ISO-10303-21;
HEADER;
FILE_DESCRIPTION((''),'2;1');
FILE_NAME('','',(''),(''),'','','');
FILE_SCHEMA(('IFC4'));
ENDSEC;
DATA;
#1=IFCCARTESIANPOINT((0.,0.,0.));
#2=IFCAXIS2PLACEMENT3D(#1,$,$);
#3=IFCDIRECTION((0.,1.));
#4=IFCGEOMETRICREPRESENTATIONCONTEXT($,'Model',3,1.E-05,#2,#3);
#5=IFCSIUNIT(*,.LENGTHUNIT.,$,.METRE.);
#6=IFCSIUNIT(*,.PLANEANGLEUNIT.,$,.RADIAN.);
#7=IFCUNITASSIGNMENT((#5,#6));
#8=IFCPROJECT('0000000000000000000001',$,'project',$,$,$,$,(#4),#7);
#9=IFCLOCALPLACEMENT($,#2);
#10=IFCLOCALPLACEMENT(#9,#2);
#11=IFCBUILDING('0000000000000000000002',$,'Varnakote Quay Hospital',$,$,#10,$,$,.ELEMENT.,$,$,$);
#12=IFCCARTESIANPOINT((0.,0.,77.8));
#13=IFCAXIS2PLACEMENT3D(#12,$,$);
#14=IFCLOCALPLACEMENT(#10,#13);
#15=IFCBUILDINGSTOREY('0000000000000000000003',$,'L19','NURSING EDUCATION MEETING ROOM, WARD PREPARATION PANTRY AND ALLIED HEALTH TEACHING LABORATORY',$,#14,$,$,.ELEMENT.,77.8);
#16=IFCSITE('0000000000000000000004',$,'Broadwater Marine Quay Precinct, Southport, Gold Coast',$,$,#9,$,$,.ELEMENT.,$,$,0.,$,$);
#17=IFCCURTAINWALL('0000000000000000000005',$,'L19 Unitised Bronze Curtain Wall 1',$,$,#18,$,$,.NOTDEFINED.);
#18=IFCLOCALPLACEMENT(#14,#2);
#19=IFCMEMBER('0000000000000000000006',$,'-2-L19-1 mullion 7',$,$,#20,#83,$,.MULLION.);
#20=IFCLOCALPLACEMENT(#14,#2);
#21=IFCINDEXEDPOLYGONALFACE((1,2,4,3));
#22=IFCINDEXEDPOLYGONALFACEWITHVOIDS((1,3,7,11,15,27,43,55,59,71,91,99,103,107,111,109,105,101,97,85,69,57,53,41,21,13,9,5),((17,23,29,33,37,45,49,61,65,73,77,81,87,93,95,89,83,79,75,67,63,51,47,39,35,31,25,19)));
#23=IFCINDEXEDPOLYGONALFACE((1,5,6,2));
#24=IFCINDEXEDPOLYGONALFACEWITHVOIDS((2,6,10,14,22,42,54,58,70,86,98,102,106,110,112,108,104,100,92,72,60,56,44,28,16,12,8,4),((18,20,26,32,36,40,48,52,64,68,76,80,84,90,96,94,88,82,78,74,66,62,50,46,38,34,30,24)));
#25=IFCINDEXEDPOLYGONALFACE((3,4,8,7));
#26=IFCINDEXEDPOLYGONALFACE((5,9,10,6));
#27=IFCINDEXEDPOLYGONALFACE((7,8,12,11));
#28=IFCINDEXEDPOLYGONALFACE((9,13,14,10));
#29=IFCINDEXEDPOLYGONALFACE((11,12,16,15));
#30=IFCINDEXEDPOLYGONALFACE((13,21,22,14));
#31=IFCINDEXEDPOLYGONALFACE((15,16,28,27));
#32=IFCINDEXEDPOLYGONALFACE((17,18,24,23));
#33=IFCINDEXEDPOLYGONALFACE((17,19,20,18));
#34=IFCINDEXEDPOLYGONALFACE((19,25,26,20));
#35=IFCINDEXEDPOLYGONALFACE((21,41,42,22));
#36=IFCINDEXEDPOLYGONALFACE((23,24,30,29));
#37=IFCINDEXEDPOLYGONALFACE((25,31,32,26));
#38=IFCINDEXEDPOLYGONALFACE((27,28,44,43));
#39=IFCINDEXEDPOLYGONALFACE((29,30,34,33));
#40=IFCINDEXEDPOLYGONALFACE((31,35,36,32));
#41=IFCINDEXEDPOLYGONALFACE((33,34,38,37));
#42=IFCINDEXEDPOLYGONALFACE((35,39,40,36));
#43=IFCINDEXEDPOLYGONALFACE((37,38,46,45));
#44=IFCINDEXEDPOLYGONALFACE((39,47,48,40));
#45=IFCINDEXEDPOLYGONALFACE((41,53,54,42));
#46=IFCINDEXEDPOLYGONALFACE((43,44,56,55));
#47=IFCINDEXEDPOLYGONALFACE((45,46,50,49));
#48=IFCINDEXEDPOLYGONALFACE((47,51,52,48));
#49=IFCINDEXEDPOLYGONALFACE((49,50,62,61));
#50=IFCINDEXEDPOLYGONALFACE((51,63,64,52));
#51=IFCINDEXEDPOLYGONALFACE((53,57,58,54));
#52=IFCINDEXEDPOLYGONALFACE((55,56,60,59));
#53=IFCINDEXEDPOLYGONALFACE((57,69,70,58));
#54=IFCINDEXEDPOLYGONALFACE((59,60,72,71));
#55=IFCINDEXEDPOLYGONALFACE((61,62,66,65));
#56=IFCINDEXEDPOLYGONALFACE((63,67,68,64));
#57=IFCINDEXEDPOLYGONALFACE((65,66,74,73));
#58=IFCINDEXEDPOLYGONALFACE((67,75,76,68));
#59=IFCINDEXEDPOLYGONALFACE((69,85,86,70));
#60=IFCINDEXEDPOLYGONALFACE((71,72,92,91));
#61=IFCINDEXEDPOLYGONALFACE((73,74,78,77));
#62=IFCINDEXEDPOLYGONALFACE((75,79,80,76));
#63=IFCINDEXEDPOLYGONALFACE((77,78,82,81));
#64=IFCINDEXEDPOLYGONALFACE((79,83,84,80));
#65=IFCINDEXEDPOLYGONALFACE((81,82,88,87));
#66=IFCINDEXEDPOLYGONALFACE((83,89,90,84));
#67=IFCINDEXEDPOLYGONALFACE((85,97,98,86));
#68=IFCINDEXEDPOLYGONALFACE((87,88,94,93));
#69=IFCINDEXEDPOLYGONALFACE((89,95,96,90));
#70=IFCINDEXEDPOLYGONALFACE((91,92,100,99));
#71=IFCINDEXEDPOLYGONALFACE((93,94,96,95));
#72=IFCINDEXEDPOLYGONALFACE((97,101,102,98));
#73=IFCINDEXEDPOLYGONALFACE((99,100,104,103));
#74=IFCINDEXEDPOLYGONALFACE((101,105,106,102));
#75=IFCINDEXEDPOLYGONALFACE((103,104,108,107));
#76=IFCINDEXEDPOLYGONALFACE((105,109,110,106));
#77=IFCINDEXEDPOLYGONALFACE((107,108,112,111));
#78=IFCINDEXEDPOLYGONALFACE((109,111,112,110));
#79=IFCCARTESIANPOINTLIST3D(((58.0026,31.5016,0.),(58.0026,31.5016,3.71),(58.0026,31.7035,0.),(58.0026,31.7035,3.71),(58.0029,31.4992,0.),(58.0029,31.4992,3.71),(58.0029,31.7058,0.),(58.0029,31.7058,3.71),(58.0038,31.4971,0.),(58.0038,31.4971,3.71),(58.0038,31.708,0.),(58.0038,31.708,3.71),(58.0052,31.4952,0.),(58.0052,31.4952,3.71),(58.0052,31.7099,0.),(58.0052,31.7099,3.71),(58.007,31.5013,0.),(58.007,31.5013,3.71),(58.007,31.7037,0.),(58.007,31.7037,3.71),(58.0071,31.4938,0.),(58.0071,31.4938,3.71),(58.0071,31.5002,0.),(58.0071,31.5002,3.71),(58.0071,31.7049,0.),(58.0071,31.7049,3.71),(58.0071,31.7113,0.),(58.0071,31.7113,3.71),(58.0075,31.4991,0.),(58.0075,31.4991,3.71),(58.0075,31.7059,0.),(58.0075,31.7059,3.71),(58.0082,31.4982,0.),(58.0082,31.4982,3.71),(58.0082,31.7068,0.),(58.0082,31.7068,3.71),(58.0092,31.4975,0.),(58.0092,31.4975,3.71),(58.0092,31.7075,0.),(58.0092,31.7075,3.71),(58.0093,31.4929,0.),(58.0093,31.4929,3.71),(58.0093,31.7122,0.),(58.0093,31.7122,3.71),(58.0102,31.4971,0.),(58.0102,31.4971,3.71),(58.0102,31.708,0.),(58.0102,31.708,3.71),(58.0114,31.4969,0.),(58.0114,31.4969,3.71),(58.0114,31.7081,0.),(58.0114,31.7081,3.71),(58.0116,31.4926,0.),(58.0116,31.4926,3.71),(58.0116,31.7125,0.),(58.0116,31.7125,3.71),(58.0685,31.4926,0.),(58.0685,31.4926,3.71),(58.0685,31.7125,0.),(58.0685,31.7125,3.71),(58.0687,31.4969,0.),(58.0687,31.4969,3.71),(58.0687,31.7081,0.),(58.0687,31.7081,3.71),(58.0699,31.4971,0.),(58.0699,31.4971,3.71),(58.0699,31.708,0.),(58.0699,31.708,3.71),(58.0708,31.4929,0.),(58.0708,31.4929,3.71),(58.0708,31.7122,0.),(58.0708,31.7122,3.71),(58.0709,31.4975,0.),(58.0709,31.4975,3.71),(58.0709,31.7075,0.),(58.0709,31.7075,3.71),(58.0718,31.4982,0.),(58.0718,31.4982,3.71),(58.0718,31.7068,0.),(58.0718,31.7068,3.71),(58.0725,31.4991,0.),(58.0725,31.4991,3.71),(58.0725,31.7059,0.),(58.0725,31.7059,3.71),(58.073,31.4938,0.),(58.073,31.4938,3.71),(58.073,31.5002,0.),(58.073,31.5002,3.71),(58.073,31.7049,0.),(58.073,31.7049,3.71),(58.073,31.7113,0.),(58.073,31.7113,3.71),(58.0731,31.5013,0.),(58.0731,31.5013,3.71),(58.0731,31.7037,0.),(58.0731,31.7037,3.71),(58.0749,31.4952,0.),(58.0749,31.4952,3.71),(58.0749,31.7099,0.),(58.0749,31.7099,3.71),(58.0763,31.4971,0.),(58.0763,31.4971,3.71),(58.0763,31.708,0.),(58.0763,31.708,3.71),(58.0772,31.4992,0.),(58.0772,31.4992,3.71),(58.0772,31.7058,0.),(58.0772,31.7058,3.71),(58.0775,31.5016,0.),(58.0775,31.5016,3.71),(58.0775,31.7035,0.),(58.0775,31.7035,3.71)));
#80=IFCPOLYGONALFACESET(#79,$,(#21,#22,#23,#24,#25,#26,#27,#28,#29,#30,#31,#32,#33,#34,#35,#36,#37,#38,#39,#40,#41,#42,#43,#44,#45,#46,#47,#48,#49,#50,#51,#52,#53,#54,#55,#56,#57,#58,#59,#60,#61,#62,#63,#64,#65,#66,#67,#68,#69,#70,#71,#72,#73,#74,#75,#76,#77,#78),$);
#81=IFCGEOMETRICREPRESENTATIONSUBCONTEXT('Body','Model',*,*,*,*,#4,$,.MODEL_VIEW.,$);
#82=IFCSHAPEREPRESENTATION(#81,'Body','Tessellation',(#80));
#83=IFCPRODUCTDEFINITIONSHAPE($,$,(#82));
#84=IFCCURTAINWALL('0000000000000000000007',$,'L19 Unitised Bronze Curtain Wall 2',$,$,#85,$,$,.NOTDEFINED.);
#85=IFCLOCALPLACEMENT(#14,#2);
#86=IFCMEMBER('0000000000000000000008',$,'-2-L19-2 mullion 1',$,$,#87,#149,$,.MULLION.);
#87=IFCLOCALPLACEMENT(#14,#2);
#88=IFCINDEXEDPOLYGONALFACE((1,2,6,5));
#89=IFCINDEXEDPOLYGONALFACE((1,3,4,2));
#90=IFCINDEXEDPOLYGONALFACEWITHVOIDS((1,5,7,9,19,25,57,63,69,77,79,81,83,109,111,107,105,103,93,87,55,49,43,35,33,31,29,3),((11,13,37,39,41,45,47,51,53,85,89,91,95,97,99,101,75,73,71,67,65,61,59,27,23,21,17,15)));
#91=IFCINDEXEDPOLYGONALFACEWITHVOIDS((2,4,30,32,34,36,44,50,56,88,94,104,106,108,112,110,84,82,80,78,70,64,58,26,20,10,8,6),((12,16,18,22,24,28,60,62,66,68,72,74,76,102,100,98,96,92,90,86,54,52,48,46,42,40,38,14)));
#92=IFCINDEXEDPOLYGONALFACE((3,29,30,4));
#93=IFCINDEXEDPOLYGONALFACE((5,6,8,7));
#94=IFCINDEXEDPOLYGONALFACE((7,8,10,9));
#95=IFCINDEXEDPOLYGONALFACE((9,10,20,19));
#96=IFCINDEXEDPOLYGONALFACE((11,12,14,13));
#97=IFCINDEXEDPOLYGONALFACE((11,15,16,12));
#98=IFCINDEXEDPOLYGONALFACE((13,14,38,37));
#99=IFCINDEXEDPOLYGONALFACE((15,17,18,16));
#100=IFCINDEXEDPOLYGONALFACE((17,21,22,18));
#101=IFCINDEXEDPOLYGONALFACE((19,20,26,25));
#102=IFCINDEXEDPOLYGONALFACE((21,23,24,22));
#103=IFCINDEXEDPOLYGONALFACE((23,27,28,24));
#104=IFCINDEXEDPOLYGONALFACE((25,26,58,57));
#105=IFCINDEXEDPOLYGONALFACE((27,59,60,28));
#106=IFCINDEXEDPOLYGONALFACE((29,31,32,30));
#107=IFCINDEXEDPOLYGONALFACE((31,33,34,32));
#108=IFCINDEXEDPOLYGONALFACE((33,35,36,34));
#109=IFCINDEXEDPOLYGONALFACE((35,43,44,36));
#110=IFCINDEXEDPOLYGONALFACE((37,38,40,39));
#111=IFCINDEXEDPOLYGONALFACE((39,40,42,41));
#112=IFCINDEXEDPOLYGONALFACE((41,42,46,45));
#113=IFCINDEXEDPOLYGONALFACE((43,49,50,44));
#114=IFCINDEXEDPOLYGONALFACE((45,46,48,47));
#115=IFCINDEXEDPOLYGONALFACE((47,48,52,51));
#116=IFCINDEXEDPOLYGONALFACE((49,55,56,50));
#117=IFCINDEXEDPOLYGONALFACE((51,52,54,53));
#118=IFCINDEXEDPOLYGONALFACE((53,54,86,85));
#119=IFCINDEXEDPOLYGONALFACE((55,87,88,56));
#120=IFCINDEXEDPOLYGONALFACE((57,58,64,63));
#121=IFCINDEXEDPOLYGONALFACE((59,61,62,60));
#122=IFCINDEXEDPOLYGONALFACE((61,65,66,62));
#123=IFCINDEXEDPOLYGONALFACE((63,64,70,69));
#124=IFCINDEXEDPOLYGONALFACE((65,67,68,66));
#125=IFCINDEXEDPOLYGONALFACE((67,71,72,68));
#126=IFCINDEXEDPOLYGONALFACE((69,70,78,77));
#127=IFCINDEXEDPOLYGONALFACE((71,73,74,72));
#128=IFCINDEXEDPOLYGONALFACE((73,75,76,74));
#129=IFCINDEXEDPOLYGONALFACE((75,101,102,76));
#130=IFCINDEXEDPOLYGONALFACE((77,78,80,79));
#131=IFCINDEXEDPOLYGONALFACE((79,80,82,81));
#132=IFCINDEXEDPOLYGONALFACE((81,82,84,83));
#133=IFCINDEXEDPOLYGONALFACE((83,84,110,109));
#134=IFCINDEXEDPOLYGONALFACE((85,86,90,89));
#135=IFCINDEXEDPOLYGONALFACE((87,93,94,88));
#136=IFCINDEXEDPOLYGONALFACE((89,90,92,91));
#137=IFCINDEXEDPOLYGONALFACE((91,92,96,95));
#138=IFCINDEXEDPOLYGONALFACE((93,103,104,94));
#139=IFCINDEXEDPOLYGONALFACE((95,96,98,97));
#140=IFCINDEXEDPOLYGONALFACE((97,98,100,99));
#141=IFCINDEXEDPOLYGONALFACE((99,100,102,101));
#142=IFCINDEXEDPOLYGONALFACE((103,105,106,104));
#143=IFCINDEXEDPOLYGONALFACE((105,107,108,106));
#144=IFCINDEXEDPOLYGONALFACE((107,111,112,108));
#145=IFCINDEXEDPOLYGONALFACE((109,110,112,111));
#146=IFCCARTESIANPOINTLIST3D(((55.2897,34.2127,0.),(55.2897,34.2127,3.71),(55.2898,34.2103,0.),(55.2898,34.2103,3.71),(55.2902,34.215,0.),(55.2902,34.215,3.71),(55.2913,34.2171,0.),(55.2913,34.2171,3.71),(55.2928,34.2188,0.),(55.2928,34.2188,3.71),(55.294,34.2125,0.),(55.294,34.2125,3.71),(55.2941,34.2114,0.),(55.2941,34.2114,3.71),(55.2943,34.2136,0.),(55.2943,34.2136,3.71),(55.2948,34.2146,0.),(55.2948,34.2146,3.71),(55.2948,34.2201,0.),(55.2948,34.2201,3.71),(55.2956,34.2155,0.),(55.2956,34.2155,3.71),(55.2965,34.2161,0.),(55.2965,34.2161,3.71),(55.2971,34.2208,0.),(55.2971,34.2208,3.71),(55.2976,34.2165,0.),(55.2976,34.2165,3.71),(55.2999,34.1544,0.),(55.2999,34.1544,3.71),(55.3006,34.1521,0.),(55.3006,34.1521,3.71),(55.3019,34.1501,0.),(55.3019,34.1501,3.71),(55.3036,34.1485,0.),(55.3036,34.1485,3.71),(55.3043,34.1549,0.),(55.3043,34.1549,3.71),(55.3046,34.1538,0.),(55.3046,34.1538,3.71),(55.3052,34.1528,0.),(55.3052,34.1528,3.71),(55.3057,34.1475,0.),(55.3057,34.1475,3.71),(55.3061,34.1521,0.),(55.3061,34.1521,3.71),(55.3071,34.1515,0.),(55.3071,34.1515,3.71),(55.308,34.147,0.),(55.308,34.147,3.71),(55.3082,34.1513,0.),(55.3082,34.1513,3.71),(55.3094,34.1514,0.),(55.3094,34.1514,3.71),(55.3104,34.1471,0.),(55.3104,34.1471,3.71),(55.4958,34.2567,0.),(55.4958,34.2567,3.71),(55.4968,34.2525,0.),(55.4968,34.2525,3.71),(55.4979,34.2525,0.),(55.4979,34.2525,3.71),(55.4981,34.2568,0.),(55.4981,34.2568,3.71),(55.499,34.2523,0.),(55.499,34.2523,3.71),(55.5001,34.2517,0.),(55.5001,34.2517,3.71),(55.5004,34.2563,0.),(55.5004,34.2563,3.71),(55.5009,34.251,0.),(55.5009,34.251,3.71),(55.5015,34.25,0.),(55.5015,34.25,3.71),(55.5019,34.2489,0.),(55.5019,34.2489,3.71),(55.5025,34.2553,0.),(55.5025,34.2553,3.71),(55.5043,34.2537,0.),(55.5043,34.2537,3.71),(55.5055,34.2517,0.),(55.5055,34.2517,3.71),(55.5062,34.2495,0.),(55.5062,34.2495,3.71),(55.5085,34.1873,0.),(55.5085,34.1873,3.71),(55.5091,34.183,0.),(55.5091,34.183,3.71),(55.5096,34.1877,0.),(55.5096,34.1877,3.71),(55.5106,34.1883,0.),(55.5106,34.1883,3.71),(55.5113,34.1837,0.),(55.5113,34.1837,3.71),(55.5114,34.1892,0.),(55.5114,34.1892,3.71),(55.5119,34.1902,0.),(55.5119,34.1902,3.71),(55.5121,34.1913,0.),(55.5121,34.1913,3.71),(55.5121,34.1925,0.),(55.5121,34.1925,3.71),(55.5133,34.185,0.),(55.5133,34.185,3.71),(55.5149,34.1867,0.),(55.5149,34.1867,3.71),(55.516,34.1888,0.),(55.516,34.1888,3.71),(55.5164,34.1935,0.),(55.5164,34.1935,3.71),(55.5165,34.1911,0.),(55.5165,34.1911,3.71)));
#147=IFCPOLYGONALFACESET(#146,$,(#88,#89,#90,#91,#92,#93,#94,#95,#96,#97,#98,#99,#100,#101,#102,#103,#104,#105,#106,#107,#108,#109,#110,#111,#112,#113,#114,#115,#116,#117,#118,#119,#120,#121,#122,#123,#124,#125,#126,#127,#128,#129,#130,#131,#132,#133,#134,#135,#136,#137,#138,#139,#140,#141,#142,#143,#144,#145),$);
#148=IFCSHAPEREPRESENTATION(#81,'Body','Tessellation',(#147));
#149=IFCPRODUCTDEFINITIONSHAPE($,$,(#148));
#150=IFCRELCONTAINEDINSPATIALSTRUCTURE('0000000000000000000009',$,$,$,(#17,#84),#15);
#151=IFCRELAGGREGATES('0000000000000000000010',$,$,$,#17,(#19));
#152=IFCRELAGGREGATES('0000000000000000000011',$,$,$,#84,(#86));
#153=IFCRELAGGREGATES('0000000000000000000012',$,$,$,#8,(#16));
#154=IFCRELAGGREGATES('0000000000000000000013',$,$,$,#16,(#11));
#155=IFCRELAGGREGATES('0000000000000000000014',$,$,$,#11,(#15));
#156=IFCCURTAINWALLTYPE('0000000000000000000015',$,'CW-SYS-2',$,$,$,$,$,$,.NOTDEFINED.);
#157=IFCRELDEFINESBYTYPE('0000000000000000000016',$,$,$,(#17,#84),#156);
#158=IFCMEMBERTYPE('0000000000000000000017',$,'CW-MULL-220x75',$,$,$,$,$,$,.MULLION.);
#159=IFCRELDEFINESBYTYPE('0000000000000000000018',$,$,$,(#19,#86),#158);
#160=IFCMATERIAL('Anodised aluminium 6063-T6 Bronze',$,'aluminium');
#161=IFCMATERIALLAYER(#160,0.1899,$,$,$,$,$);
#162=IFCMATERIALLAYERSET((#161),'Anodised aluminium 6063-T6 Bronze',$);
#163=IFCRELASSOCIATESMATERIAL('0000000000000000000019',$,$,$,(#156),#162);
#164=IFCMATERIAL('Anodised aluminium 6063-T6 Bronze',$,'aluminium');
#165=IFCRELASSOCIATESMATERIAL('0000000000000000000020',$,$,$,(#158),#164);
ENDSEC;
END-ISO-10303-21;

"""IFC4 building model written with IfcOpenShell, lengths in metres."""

from ifc_helpers import new_model, si_unit, direction, frame, origin, origin_2d, place, context, subcontext, project, spatial, hollow_rectangle, extrude, material, layer, layer_set, material_profile, profile_set, type_object, element, aggregate, save


model = new_model("IFC4")

# Units and contexts
model_context = context("Model", 3, precision=1e-05, world=origin(), true_north=direction((0.0, 1.0)))
body_context = subcontext(model_context, "Body", "Model", "MODEL_VIEW")
ifc_project = project(units=[si_unit("LENGTHUNIT", "METRE"), si_unit("PLANEANGLEUNIT", "RADIAN")], contexts=[model_context])

# Site, building, storey
site_placement = place(None, origin())
site = spatial("IfcSite", under=ifc_project, at=site_placement, Name="Broadwater Marine Quay Precinct, Southport, Gold Coast", CompositionType="ELEMENT", RefElevation=0.0)
building_placement = place(site_placement, origin())
building = spatial("IfcBuilding", under=site, at=building_placement, Name="Varnakote Quay Hospital", CompositionType="ELEMENT")
storey_placement = place(building_placement, frame((0.0, 0.0, 77.8)))
storey = spatial("IfcBuildingStorey", under=building, at=storey_placement, Name="L19", Description="NURSING EDUCATION MEETING ROOM, WARD PREPARATION PANTRY AND ALLIED HEALTH TEACHING LABORATORY", CompositionType="ELEMENT", Elevation=77.8)

# Curtain wall, member
ifc_material_1 = material(Name="Anodised aluminium 6063-T6 Bronze", Category="aluminium")
ifc_layer_1 = layer(ifc_material_1, 0.1899)
ifc_layer_set_1 = layer_set([ifc_layer_1], Name="Anodised aluminium 6063-T6 Bronze")
curtain_wall_type = type_object("IfcCurtainWallType", Name="CW-SYS-2", PredefinedType="NOTDEFINED", material=ifc_layer_set_1)
curtain_wall_1_placement = place(storey_placement, origin())
curtain_wall_1 = element("IfcCurtainWall", 1, at=curtain_wall_1_placement, inside=storey, type_object=curtain_wall_type, Name="L19 Unitised Bronze Curtain Wall 1", PredefinedType="NOTDEFINED")
ifc_material_2 = material(Name="Anodised aluminium 6063-T6 Bronze", Category="aluminium")
ifc_material_profile_1 = material_profile(ifc_material_2, hollow_rectangle(XDim=0.075, YDim=0.22, WallThickness=0.0044, InnerFilletRadius=0.0044, OuterFilletRadius=0.009, at=origin_2d()), Name="CW-MULL-220x75")
ifc_profile_set_1 = profile_set([ifc_material_profile_1], Name="Anodised aluminium 6063-T6 Bronze")
member_type_1 = type_object("IfcMemberType", Name="CW-MULL-220x75", PredefinedType="MULLION", material=ifc_profile_set_1)
member_1_placement = place(storey_placement, frame((58.04, 31.6025, 0.0), z_axis=(0.0, 0.0, 1.0), x_axis=(-1.0, 0.0, 0.0)))
member_1 = element("IfcMember", 2, at=member_1_placement, type_object=member_type_1, Name="-2-L19-1 mullion 7", PredefinedType="MULLION", context=body_context, shape_type="SweptSolid", body=[
    extrude(hollow_rectangle(XDim=0.075, YDim=0.22, WallThickness=0.0044, InnerFilletRadius=0.0044, OuterFilletRadius=0.009, at=origin_2d()), origin(), (0.0, 0.0, 1.0), 3.71),
])
aggregate(curtain_wall_1, [member_1])

# Curtain wall, member
curtain_wall_2_placement = place(storey_placement, origin())
curtain_wall_2 = element("IfcCurtainWall", 3, at=curtain_wall_2_placement, inside=storey, type_object=curtain_wall_type, Name="L19 Unitised Bronze Curtain Wall 2", PredefinedType="NOTDEFINED")
member_2_placement = place(storey_placement, frame((55.4031, 34.2019, 0.0), z_axis=(0.0, 0.0, 1.0), x_axis=(0.177846, -0.984058, 0.0)))
member_2 = element("IfcMember", 4, at=member_2_placement, type_object=member_type_1, Name="-2-L19-2 mullion 1", PredefinedType="MULLION", context=body_context, shape_type="SweptSolid", body=[
    extrude(hollow_rectangle(XDim=0.075, YDim=0.22, WallThickness=0.0044, InnerFilletRadius=0.0044, OuterFilletRadius=0.009, at=origin_2d()), origin(), (0.0, 0.0, 1.0), 3.71),
])
aggregate(curtain_wall_2, [member_2])

save(model, "model.ifc")
